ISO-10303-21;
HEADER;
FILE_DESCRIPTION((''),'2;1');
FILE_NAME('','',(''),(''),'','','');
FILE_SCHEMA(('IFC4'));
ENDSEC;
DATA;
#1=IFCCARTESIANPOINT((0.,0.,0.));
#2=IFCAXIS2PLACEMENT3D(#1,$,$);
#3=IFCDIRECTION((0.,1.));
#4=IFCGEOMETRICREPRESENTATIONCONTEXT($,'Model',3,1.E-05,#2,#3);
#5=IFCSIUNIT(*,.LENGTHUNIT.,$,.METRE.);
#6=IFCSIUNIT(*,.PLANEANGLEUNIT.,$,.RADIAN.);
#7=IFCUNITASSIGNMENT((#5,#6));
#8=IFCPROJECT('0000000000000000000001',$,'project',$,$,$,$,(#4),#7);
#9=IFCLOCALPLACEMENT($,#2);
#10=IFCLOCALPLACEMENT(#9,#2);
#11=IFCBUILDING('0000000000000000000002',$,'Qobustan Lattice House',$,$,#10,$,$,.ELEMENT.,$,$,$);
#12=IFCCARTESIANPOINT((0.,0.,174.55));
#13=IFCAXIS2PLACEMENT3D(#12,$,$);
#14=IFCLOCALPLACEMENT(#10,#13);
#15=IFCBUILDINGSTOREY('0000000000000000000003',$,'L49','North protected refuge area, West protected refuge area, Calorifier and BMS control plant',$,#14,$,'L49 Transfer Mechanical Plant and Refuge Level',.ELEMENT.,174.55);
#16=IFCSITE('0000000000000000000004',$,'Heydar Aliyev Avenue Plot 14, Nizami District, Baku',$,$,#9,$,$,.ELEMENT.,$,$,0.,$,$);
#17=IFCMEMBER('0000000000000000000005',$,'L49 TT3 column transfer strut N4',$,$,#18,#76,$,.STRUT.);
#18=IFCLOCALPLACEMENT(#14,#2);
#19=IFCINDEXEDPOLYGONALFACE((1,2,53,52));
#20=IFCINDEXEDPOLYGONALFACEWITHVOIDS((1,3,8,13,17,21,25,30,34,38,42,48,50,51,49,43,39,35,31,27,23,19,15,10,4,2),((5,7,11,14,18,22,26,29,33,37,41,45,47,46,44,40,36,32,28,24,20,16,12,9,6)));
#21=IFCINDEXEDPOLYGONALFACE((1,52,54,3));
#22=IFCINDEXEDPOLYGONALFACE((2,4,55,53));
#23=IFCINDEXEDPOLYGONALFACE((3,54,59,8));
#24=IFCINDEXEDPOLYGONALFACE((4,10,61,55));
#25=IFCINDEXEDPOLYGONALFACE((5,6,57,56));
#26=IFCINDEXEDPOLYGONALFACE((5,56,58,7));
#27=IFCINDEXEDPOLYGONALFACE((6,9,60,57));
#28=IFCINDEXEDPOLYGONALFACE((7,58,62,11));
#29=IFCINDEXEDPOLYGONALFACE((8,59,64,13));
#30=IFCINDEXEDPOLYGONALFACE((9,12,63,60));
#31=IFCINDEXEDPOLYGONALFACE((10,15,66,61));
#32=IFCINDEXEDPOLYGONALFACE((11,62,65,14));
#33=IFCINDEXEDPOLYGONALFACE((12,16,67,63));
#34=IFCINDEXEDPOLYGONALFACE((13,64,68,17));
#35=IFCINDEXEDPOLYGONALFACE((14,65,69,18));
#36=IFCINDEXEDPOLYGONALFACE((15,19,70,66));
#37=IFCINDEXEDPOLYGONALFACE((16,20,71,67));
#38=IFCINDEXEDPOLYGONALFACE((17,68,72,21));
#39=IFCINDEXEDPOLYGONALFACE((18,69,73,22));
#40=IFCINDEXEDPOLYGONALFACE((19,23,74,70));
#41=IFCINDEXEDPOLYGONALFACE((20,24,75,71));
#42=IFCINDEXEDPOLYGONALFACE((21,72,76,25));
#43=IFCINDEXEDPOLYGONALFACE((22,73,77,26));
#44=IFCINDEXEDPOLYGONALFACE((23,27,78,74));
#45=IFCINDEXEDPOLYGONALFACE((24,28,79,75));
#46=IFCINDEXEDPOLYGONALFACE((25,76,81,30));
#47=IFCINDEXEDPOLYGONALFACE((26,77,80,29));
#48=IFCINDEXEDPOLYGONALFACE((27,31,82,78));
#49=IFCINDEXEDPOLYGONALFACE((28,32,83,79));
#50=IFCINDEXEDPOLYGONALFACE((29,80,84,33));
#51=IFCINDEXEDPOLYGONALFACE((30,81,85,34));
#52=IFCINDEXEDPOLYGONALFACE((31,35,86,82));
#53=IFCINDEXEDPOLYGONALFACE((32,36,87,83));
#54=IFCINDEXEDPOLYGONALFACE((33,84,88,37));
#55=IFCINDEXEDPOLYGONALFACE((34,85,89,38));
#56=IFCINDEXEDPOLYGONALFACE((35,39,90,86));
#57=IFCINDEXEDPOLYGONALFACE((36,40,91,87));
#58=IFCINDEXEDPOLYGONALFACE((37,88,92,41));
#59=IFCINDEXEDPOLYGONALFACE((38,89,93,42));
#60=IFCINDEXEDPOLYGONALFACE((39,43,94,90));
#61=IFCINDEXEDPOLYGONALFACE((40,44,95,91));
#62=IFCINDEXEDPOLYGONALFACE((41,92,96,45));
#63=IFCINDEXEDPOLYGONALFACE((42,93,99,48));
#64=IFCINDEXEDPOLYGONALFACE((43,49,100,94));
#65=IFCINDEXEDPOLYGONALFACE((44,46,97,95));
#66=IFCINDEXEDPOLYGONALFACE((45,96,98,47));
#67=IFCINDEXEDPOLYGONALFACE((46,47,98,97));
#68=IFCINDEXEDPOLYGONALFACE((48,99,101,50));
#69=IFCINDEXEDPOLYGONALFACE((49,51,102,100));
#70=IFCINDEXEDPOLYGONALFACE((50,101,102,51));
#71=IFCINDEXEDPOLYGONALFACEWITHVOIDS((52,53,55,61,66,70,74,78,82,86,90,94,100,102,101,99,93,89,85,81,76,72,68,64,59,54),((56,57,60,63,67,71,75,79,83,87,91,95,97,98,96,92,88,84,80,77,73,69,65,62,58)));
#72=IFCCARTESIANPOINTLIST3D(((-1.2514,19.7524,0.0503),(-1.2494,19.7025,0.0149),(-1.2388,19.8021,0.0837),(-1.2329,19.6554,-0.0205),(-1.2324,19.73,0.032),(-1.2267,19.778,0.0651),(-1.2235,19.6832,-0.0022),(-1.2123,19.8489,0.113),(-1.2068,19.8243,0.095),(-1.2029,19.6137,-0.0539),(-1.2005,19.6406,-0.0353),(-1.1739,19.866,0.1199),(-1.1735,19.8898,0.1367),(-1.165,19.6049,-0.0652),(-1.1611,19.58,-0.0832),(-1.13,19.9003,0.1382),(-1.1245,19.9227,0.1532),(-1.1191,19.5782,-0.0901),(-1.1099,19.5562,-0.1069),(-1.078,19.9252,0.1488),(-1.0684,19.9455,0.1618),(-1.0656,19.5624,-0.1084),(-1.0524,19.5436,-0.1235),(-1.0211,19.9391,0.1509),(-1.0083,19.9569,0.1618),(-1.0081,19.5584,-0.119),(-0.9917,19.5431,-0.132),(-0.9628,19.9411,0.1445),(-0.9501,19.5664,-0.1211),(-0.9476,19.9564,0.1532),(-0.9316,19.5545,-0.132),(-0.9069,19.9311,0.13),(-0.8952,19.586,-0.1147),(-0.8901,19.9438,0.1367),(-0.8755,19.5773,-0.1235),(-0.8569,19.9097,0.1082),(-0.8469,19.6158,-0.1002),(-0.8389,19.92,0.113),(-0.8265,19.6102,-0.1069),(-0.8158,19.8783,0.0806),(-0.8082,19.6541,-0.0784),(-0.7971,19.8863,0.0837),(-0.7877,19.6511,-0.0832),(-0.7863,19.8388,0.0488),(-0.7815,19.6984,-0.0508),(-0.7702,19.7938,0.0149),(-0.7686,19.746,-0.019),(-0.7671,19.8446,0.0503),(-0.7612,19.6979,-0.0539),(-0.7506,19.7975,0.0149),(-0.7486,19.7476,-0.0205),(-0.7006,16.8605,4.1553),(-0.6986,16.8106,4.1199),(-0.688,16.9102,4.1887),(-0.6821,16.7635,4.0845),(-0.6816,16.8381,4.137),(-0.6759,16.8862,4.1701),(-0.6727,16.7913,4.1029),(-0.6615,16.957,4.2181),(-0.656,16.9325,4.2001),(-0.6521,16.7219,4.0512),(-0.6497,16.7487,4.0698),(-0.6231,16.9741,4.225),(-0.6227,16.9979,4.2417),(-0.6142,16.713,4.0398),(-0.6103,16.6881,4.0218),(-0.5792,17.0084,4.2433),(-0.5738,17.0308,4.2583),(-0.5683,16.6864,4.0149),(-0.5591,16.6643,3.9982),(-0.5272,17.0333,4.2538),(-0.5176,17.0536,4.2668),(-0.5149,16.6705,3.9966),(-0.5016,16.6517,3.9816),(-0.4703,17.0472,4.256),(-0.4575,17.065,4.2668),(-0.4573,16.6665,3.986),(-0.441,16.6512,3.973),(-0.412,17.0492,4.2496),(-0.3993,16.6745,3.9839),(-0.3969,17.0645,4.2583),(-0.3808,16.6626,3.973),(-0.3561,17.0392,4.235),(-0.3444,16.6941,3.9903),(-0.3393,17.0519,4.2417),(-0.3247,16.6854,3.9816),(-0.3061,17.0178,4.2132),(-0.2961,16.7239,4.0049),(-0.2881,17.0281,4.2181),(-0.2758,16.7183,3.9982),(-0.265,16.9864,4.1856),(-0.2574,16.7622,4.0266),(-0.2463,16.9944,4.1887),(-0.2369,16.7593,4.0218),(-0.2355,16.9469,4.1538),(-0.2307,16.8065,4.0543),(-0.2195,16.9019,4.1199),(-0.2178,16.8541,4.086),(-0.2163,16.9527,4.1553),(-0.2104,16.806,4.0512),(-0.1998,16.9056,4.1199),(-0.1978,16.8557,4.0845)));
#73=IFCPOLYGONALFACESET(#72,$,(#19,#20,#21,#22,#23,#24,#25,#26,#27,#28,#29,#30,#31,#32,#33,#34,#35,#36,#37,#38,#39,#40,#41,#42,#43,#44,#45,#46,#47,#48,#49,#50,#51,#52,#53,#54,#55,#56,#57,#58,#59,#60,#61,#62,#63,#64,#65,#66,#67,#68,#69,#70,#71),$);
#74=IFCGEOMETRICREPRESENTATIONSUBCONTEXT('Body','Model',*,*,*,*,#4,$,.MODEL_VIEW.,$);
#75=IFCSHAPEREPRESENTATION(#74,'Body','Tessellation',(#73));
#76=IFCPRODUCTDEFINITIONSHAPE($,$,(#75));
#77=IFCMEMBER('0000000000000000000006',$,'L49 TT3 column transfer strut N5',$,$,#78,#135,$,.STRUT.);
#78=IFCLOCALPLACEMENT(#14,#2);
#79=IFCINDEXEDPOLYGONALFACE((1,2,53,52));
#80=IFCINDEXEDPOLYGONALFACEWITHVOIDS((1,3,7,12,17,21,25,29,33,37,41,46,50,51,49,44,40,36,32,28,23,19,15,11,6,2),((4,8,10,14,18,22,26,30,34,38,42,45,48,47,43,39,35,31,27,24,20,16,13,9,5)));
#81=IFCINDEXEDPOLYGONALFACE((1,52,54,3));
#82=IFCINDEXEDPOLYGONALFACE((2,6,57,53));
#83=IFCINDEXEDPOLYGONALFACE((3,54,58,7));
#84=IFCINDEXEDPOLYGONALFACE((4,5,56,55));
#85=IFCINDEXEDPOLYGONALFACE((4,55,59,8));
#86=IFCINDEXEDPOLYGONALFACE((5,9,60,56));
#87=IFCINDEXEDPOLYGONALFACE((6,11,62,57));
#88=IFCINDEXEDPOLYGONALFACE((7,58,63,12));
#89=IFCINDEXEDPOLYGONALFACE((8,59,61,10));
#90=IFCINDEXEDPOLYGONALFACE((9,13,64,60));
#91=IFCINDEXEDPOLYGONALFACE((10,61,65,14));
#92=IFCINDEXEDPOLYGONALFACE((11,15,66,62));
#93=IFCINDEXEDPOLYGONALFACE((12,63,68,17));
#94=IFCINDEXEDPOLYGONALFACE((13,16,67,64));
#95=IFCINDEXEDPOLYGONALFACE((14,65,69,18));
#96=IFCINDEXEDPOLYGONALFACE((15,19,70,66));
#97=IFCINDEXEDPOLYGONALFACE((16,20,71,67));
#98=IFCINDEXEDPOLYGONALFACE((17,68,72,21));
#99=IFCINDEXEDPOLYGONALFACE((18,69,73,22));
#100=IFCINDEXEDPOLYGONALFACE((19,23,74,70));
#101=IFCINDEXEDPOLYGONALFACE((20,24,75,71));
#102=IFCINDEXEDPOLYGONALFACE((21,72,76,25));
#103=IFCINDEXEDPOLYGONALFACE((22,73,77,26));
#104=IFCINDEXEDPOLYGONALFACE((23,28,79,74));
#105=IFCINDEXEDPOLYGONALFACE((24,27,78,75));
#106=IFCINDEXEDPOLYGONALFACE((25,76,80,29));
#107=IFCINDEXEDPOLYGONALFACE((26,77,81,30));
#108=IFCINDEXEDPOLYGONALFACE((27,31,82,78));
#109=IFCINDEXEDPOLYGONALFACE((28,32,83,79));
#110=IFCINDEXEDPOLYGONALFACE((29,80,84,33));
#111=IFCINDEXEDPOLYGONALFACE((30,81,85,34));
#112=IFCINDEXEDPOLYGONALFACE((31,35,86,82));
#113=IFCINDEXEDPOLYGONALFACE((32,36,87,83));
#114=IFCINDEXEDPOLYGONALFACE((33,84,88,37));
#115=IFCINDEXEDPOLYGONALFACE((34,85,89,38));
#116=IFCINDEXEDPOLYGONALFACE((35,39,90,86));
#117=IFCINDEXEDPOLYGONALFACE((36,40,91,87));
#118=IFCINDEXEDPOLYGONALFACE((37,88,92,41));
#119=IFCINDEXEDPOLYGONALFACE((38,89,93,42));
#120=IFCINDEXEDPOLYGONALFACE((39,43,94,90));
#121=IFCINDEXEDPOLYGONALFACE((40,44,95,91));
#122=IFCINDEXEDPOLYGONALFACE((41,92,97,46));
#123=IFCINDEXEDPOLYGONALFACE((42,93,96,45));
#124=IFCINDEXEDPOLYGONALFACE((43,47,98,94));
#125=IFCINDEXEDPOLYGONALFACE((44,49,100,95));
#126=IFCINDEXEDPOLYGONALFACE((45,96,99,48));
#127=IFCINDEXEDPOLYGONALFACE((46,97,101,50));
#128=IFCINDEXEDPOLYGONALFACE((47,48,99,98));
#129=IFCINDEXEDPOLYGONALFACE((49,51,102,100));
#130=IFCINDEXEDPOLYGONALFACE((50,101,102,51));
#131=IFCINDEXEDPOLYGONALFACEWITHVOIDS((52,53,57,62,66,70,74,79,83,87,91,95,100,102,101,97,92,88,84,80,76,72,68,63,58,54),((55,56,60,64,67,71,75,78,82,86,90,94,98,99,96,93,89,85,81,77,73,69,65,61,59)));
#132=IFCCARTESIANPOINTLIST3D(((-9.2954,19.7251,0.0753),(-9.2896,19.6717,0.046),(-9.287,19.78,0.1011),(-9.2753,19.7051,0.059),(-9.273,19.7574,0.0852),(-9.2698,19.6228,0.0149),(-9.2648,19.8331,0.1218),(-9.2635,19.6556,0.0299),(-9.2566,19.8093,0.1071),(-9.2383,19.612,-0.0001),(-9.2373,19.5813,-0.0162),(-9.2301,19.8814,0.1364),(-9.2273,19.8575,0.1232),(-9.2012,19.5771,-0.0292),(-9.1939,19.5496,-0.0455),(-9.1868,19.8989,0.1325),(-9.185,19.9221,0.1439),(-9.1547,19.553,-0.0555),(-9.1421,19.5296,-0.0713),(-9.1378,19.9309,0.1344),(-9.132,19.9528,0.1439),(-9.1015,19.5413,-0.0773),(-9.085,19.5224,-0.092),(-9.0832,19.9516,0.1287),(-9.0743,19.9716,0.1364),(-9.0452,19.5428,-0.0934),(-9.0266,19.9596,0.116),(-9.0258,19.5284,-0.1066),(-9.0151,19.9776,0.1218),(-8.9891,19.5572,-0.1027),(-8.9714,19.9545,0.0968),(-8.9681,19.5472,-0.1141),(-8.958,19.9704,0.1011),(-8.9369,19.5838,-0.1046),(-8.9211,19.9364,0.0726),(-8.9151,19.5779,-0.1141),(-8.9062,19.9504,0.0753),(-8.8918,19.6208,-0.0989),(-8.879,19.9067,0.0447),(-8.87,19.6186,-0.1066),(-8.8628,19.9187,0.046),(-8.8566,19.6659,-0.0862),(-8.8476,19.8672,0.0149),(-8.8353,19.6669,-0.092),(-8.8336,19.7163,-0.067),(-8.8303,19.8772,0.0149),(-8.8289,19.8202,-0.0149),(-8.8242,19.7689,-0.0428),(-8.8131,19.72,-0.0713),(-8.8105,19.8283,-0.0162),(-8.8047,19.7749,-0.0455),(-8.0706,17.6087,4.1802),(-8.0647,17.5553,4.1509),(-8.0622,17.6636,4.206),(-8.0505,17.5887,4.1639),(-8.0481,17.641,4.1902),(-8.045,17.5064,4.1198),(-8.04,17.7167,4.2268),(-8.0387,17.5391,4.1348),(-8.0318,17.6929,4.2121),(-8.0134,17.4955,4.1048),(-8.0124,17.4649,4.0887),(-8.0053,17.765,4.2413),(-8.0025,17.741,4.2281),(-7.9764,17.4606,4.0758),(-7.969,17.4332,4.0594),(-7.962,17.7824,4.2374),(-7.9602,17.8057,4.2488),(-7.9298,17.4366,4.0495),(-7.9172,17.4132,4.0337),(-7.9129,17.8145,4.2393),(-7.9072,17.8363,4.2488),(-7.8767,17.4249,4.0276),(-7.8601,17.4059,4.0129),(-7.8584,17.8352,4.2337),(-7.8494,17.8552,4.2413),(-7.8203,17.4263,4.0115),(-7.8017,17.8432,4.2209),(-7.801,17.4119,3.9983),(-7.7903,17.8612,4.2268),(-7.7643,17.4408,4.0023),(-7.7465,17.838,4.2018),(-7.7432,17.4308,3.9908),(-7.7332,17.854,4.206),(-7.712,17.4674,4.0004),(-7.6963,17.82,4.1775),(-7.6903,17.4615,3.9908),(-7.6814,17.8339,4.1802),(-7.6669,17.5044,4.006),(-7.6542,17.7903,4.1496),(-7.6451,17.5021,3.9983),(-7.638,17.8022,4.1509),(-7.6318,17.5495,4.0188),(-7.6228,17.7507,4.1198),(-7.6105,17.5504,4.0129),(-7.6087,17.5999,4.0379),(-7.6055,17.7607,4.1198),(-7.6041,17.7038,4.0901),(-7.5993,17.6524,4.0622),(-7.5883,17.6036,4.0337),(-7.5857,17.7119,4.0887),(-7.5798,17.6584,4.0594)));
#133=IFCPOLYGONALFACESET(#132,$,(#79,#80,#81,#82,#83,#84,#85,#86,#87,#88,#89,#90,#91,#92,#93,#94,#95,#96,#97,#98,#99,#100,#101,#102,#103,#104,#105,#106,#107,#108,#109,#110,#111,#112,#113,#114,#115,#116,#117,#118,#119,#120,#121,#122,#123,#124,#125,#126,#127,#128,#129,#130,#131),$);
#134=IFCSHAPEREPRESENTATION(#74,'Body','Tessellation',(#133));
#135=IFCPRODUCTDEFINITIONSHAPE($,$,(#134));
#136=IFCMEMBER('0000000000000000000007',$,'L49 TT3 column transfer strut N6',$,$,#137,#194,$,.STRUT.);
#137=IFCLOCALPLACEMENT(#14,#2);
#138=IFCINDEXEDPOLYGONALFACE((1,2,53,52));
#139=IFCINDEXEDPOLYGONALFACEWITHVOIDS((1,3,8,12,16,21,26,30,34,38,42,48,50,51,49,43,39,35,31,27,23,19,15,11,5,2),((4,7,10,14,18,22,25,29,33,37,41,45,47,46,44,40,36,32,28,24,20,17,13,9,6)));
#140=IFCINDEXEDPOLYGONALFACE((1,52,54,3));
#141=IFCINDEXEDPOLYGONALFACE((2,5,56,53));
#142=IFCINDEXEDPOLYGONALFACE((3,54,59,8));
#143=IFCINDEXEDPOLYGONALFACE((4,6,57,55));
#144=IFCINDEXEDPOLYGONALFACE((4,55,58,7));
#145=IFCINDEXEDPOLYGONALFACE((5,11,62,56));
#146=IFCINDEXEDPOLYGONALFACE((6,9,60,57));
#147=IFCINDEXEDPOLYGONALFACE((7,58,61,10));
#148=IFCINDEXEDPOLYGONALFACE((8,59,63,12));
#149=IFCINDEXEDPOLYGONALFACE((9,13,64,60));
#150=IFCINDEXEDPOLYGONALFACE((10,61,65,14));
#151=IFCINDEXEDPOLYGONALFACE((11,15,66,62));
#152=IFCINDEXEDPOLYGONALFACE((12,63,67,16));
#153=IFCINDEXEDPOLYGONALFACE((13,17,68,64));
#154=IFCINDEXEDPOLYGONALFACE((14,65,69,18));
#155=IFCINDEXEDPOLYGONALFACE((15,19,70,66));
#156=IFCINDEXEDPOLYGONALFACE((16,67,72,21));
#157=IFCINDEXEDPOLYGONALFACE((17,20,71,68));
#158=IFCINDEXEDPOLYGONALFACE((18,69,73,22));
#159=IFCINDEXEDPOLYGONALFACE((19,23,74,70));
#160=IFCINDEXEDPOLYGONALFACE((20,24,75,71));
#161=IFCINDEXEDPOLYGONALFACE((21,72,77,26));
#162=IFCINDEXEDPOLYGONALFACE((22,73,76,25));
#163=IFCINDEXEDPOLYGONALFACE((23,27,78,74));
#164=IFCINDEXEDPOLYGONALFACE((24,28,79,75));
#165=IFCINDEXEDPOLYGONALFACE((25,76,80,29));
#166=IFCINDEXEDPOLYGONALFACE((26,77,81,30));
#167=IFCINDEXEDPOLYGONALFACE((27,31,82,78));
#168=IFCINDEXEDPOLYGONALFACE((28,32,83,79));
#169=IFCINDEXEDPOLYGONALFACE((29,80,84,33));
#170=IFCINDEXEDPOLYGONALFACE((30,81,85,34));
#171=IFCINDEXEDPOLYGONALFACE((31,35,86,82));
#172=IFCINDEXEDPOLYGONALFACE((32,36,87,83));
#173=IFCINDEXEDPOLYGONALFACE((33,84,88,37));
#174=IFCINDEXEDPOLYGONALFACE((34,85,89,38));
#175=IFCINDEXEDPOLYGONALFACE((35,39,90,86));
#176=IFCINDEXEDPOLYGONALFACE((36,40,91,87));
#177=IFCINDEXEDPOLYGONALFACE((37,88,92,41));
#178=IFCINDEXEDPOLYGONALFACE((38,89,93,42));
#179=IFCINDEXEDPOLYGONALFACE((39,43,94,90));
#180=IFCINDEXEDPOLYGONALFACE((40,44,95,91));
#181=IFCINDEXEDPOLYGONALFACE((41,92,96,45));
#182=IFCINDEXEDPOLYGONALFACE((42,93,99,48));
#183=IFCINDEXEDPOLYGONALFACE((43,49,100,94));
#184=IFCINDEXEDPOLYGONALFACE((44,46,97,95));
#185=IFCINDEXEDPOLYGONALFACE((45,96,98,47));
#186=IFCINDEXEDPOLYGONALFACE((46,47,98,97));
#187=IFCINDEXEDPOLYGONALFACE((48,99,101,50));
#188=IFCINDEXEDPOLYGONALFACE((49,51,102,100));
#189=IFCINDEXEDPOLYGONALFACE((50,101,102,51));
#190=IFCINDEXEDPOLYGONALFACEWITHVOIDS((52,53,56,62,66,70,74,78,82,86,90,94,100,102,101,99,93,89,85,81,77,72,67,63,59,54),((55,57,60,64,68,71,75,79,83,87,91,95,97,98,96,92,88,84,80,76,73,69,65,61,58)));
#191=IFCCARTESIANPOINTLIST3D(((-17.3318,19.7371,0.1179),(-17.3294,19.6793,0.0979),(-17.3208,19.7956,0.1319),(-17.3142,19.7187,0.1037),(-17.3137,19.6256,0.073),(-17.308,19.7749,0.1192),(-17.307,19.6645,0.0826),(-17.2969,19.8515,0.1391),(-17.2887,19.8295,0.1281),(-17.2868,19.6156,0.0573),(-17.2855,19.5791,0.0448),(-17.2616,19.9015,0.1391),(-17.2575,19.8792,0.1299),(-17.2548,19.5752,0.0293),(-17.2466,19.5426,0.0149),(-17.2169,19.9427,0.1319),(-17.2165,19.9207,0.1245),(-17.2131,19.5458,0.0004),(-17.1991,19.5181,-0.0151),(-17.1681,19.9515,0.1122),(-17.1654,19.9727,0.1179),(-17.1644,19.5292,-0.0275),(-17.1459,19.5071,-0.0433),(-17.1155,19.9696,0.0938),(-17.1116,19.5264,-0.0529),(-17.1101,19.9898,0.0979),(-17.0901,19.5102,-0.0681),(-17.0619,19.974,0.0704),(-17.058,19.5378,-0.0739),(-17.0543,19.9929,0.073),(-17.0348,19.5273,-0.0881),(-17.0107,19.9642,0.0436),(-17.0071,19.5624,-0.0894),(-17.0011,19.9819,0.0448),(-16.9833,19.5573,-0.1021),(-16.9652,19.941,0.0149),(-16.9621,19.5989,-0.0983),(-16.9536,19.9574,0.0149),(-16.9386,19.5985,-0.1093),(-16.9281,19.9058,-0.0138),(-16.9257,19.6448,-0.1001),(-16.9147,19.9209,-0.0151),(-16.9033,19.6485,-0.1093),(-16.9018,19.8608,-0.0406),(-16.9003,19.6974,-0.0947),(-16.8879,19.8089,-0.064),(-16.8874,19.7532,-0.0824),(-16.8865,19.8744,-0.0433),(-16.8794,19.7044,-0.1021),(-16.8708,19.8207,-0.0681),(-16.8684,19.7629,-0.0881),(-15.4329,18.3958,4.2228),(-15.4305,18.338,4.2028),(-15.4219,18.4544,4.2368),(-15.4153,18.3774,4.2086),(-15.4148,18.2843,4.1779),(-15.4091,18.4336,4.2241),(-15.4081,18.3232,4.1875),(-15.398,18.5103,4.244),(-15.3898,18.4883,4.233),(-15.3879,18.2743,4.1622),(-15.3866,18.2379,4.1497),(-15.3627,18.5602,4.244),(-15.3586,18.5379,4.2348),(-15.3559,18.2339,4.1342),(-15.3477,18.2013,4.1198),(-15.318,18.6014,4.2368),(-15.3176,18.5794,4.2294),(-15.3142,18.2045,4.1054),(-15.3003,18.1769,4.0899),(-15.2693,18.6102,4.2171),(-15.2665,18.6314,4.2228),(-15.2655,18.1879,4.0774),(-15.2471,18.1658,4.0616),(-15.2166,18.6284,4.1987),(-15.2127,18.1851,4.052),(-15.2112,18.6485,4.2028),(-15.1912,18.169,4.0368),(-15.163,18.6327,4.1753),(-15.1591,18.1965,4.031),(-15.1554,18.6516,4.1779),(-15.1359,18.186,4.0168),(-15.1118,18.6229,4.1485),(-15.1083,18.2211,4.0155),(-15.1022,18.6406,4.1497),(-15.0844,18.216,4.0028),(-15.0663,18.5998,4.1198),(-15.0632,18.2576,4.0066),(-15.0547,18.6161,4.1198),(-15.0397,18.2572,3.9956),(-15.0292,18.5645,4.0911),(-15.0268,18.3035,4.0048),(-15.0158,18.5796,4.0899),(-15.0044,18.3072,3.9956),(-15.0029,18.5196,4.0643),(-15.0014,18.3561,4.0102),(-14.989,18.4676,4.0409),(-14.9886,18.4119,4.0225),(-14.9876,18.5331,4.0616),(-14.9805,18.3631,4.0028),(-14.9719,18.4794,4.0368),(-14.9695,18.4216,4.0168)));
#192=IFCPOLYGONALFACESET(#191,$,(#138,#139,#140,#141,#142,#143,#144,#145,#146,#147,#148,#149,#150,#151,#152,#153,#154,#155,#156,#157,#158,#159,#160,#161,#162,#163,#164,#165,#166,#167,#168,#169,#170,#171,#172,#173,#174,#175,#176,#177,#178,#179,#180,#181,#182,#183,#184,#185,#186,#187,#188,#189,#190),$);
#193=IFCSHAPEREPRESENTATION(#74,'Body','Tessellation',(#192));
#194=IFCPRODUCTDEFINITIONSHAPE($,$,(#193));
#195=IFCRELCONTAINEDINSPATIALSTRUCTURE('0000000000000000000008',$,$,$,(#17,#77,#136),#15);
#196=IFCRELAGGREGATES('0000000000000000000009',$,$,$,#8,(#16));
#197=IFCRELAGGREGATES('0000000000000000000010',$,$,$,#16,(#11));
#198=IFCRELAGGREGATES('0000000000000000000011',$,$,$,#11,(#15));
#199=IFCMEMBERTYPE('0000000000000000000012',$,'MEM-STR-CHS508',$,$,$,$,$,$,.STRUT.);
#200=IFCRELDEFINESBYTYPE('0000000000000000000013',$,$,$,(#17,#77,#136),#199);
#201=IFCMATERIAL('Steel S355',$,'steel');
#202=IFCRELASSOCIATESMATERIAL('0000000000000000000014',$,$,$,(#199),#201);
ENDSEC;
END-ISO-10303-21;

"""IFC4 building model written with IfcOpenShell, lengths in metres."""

from ifc_helpers import new_model, si_unit, direction, frame, origin, origin_2d, place, context, subcontext, project, spatial, hollow_circle, extrude, material, material_profile, profile_set, type_object, element, save


model = new_model("IFC4")

# Units and contexts
model_context = context("Model", 3, precision=1e-05, world=origin(), true_north=direction((0.0, 1.0)))
body_context = subcontext(model_context, "Body", "Model", "MODEL_VIEW")
ifc_project = project(units=[si_unit("LENGTHUNIT", "METRE"), si_unit("PLANEANGLEUNIT", "RADIAN")], contexts=[model_context])

# Site, building, storey
site_placement = place(None, origin())
site = spatial("IfcSite", under=ifc_project, at=site_placement, Name="Heydar Aliyev Avenue Plot 14, Nizami District, Baku", CompositionType="ELEMENT", RefElevation=0.0)
building_placement = place(site_placement, origin())
building = spatial("IfcBuilding", under=site, at=building_placement, Name="Qobustan Lattice House", CompositionType="ELEMENT")
storey_placement = place(building_placement, frame((0.0, 0.0, 174.55)))
storey = spatial("IfcBuildingStorey", under=building, at=storey_placement, Name="L49", Description="North protected refuge area, West protected refuge area, Calorifier and BMS control plant", LongName="L49 Transfer Mechanical Plant and Refuge Level", CompositionType="ELEMENT", Elevation=174.55)

# Members
ifc_material_1 = material(Name="Steel S355", Category="steel")
ifc_material_profile_1 = material_profile(ifc_material_1, hollow_circle(Radius=0.2539, WallThickness=0.02, at=origin_2d()), Name="CHS508x20")
ifc_profile_set_1 = profile_set([ifc_material_profile_1], Name="Steel S355")
member_type_1 = type_object("IfcMemberType", Name="MEM-STR-CHS508", PredefinedType="STRUT", material=ifc_profile_set_1)
member_1_placement = place(storey_placement, frame((-1.0, 19.75, 0.0149), z_axis=(0.109035, -0.57248, 0.812636), x_axis=(0.982341, 0.187097, 0.0)))
element("IfcMember", 1, at=member_1_placement, inside=storey, type_object=member_type_1, Name="L49 TT3 column transfer strut N4", PredefinedType="STRUT", context=body_context, shape_type="SweptSolid", body=[
    extrude(hollow_circle(Radius=0.2539, WallThickness=0.02, at=origin_2d()), origin(), (0.0, 0.0, 1.0), 5.0515),
])
member_2_placement = place(storey_placement, frame((-9.05, 19.75, 0.0149), z_axis=(0.256346, -0.442946, 0.859119), x_axis=(0.865508, 0.500895, 0.0)))
element("IfcMember", 2, at=member_2_placement, inside=storey, type_object=member_type_1, Name="L49 TT3 column transfer strut N5", PredefinedType="STRUT", context=body_context, shape_type="SweptSolid", body=[
    extrude(hollow_circle(Radius=0.2539, WallThickness=0.02, at=origin_2d()), origin(), (0.0, 0.0, 1.0), 4.7781),
])
member_3_placement = place(storey_placement, frame((-17.1001, 19.75, 0.0149), z_axis=(0.402518, -0.284319, 0.870139), x_axis=(0.576939, 0.816787, 0.0)))
element("IfcMember", 3, at=member_3_placement, inside=storey, type_object=member_type_1, Name="L49 TT3 column transfer strut N6", PredefinedType="STRUT", context=body_context, shape_type="SweptSolid", body=[
    extrude(hollow_circle(Radius=0.2539, WallThickness=0.02, at=origin_2d()), origin(), (0.0, 0.0, 1.0), 4.7175),
])

save(model, "model.ifc")
